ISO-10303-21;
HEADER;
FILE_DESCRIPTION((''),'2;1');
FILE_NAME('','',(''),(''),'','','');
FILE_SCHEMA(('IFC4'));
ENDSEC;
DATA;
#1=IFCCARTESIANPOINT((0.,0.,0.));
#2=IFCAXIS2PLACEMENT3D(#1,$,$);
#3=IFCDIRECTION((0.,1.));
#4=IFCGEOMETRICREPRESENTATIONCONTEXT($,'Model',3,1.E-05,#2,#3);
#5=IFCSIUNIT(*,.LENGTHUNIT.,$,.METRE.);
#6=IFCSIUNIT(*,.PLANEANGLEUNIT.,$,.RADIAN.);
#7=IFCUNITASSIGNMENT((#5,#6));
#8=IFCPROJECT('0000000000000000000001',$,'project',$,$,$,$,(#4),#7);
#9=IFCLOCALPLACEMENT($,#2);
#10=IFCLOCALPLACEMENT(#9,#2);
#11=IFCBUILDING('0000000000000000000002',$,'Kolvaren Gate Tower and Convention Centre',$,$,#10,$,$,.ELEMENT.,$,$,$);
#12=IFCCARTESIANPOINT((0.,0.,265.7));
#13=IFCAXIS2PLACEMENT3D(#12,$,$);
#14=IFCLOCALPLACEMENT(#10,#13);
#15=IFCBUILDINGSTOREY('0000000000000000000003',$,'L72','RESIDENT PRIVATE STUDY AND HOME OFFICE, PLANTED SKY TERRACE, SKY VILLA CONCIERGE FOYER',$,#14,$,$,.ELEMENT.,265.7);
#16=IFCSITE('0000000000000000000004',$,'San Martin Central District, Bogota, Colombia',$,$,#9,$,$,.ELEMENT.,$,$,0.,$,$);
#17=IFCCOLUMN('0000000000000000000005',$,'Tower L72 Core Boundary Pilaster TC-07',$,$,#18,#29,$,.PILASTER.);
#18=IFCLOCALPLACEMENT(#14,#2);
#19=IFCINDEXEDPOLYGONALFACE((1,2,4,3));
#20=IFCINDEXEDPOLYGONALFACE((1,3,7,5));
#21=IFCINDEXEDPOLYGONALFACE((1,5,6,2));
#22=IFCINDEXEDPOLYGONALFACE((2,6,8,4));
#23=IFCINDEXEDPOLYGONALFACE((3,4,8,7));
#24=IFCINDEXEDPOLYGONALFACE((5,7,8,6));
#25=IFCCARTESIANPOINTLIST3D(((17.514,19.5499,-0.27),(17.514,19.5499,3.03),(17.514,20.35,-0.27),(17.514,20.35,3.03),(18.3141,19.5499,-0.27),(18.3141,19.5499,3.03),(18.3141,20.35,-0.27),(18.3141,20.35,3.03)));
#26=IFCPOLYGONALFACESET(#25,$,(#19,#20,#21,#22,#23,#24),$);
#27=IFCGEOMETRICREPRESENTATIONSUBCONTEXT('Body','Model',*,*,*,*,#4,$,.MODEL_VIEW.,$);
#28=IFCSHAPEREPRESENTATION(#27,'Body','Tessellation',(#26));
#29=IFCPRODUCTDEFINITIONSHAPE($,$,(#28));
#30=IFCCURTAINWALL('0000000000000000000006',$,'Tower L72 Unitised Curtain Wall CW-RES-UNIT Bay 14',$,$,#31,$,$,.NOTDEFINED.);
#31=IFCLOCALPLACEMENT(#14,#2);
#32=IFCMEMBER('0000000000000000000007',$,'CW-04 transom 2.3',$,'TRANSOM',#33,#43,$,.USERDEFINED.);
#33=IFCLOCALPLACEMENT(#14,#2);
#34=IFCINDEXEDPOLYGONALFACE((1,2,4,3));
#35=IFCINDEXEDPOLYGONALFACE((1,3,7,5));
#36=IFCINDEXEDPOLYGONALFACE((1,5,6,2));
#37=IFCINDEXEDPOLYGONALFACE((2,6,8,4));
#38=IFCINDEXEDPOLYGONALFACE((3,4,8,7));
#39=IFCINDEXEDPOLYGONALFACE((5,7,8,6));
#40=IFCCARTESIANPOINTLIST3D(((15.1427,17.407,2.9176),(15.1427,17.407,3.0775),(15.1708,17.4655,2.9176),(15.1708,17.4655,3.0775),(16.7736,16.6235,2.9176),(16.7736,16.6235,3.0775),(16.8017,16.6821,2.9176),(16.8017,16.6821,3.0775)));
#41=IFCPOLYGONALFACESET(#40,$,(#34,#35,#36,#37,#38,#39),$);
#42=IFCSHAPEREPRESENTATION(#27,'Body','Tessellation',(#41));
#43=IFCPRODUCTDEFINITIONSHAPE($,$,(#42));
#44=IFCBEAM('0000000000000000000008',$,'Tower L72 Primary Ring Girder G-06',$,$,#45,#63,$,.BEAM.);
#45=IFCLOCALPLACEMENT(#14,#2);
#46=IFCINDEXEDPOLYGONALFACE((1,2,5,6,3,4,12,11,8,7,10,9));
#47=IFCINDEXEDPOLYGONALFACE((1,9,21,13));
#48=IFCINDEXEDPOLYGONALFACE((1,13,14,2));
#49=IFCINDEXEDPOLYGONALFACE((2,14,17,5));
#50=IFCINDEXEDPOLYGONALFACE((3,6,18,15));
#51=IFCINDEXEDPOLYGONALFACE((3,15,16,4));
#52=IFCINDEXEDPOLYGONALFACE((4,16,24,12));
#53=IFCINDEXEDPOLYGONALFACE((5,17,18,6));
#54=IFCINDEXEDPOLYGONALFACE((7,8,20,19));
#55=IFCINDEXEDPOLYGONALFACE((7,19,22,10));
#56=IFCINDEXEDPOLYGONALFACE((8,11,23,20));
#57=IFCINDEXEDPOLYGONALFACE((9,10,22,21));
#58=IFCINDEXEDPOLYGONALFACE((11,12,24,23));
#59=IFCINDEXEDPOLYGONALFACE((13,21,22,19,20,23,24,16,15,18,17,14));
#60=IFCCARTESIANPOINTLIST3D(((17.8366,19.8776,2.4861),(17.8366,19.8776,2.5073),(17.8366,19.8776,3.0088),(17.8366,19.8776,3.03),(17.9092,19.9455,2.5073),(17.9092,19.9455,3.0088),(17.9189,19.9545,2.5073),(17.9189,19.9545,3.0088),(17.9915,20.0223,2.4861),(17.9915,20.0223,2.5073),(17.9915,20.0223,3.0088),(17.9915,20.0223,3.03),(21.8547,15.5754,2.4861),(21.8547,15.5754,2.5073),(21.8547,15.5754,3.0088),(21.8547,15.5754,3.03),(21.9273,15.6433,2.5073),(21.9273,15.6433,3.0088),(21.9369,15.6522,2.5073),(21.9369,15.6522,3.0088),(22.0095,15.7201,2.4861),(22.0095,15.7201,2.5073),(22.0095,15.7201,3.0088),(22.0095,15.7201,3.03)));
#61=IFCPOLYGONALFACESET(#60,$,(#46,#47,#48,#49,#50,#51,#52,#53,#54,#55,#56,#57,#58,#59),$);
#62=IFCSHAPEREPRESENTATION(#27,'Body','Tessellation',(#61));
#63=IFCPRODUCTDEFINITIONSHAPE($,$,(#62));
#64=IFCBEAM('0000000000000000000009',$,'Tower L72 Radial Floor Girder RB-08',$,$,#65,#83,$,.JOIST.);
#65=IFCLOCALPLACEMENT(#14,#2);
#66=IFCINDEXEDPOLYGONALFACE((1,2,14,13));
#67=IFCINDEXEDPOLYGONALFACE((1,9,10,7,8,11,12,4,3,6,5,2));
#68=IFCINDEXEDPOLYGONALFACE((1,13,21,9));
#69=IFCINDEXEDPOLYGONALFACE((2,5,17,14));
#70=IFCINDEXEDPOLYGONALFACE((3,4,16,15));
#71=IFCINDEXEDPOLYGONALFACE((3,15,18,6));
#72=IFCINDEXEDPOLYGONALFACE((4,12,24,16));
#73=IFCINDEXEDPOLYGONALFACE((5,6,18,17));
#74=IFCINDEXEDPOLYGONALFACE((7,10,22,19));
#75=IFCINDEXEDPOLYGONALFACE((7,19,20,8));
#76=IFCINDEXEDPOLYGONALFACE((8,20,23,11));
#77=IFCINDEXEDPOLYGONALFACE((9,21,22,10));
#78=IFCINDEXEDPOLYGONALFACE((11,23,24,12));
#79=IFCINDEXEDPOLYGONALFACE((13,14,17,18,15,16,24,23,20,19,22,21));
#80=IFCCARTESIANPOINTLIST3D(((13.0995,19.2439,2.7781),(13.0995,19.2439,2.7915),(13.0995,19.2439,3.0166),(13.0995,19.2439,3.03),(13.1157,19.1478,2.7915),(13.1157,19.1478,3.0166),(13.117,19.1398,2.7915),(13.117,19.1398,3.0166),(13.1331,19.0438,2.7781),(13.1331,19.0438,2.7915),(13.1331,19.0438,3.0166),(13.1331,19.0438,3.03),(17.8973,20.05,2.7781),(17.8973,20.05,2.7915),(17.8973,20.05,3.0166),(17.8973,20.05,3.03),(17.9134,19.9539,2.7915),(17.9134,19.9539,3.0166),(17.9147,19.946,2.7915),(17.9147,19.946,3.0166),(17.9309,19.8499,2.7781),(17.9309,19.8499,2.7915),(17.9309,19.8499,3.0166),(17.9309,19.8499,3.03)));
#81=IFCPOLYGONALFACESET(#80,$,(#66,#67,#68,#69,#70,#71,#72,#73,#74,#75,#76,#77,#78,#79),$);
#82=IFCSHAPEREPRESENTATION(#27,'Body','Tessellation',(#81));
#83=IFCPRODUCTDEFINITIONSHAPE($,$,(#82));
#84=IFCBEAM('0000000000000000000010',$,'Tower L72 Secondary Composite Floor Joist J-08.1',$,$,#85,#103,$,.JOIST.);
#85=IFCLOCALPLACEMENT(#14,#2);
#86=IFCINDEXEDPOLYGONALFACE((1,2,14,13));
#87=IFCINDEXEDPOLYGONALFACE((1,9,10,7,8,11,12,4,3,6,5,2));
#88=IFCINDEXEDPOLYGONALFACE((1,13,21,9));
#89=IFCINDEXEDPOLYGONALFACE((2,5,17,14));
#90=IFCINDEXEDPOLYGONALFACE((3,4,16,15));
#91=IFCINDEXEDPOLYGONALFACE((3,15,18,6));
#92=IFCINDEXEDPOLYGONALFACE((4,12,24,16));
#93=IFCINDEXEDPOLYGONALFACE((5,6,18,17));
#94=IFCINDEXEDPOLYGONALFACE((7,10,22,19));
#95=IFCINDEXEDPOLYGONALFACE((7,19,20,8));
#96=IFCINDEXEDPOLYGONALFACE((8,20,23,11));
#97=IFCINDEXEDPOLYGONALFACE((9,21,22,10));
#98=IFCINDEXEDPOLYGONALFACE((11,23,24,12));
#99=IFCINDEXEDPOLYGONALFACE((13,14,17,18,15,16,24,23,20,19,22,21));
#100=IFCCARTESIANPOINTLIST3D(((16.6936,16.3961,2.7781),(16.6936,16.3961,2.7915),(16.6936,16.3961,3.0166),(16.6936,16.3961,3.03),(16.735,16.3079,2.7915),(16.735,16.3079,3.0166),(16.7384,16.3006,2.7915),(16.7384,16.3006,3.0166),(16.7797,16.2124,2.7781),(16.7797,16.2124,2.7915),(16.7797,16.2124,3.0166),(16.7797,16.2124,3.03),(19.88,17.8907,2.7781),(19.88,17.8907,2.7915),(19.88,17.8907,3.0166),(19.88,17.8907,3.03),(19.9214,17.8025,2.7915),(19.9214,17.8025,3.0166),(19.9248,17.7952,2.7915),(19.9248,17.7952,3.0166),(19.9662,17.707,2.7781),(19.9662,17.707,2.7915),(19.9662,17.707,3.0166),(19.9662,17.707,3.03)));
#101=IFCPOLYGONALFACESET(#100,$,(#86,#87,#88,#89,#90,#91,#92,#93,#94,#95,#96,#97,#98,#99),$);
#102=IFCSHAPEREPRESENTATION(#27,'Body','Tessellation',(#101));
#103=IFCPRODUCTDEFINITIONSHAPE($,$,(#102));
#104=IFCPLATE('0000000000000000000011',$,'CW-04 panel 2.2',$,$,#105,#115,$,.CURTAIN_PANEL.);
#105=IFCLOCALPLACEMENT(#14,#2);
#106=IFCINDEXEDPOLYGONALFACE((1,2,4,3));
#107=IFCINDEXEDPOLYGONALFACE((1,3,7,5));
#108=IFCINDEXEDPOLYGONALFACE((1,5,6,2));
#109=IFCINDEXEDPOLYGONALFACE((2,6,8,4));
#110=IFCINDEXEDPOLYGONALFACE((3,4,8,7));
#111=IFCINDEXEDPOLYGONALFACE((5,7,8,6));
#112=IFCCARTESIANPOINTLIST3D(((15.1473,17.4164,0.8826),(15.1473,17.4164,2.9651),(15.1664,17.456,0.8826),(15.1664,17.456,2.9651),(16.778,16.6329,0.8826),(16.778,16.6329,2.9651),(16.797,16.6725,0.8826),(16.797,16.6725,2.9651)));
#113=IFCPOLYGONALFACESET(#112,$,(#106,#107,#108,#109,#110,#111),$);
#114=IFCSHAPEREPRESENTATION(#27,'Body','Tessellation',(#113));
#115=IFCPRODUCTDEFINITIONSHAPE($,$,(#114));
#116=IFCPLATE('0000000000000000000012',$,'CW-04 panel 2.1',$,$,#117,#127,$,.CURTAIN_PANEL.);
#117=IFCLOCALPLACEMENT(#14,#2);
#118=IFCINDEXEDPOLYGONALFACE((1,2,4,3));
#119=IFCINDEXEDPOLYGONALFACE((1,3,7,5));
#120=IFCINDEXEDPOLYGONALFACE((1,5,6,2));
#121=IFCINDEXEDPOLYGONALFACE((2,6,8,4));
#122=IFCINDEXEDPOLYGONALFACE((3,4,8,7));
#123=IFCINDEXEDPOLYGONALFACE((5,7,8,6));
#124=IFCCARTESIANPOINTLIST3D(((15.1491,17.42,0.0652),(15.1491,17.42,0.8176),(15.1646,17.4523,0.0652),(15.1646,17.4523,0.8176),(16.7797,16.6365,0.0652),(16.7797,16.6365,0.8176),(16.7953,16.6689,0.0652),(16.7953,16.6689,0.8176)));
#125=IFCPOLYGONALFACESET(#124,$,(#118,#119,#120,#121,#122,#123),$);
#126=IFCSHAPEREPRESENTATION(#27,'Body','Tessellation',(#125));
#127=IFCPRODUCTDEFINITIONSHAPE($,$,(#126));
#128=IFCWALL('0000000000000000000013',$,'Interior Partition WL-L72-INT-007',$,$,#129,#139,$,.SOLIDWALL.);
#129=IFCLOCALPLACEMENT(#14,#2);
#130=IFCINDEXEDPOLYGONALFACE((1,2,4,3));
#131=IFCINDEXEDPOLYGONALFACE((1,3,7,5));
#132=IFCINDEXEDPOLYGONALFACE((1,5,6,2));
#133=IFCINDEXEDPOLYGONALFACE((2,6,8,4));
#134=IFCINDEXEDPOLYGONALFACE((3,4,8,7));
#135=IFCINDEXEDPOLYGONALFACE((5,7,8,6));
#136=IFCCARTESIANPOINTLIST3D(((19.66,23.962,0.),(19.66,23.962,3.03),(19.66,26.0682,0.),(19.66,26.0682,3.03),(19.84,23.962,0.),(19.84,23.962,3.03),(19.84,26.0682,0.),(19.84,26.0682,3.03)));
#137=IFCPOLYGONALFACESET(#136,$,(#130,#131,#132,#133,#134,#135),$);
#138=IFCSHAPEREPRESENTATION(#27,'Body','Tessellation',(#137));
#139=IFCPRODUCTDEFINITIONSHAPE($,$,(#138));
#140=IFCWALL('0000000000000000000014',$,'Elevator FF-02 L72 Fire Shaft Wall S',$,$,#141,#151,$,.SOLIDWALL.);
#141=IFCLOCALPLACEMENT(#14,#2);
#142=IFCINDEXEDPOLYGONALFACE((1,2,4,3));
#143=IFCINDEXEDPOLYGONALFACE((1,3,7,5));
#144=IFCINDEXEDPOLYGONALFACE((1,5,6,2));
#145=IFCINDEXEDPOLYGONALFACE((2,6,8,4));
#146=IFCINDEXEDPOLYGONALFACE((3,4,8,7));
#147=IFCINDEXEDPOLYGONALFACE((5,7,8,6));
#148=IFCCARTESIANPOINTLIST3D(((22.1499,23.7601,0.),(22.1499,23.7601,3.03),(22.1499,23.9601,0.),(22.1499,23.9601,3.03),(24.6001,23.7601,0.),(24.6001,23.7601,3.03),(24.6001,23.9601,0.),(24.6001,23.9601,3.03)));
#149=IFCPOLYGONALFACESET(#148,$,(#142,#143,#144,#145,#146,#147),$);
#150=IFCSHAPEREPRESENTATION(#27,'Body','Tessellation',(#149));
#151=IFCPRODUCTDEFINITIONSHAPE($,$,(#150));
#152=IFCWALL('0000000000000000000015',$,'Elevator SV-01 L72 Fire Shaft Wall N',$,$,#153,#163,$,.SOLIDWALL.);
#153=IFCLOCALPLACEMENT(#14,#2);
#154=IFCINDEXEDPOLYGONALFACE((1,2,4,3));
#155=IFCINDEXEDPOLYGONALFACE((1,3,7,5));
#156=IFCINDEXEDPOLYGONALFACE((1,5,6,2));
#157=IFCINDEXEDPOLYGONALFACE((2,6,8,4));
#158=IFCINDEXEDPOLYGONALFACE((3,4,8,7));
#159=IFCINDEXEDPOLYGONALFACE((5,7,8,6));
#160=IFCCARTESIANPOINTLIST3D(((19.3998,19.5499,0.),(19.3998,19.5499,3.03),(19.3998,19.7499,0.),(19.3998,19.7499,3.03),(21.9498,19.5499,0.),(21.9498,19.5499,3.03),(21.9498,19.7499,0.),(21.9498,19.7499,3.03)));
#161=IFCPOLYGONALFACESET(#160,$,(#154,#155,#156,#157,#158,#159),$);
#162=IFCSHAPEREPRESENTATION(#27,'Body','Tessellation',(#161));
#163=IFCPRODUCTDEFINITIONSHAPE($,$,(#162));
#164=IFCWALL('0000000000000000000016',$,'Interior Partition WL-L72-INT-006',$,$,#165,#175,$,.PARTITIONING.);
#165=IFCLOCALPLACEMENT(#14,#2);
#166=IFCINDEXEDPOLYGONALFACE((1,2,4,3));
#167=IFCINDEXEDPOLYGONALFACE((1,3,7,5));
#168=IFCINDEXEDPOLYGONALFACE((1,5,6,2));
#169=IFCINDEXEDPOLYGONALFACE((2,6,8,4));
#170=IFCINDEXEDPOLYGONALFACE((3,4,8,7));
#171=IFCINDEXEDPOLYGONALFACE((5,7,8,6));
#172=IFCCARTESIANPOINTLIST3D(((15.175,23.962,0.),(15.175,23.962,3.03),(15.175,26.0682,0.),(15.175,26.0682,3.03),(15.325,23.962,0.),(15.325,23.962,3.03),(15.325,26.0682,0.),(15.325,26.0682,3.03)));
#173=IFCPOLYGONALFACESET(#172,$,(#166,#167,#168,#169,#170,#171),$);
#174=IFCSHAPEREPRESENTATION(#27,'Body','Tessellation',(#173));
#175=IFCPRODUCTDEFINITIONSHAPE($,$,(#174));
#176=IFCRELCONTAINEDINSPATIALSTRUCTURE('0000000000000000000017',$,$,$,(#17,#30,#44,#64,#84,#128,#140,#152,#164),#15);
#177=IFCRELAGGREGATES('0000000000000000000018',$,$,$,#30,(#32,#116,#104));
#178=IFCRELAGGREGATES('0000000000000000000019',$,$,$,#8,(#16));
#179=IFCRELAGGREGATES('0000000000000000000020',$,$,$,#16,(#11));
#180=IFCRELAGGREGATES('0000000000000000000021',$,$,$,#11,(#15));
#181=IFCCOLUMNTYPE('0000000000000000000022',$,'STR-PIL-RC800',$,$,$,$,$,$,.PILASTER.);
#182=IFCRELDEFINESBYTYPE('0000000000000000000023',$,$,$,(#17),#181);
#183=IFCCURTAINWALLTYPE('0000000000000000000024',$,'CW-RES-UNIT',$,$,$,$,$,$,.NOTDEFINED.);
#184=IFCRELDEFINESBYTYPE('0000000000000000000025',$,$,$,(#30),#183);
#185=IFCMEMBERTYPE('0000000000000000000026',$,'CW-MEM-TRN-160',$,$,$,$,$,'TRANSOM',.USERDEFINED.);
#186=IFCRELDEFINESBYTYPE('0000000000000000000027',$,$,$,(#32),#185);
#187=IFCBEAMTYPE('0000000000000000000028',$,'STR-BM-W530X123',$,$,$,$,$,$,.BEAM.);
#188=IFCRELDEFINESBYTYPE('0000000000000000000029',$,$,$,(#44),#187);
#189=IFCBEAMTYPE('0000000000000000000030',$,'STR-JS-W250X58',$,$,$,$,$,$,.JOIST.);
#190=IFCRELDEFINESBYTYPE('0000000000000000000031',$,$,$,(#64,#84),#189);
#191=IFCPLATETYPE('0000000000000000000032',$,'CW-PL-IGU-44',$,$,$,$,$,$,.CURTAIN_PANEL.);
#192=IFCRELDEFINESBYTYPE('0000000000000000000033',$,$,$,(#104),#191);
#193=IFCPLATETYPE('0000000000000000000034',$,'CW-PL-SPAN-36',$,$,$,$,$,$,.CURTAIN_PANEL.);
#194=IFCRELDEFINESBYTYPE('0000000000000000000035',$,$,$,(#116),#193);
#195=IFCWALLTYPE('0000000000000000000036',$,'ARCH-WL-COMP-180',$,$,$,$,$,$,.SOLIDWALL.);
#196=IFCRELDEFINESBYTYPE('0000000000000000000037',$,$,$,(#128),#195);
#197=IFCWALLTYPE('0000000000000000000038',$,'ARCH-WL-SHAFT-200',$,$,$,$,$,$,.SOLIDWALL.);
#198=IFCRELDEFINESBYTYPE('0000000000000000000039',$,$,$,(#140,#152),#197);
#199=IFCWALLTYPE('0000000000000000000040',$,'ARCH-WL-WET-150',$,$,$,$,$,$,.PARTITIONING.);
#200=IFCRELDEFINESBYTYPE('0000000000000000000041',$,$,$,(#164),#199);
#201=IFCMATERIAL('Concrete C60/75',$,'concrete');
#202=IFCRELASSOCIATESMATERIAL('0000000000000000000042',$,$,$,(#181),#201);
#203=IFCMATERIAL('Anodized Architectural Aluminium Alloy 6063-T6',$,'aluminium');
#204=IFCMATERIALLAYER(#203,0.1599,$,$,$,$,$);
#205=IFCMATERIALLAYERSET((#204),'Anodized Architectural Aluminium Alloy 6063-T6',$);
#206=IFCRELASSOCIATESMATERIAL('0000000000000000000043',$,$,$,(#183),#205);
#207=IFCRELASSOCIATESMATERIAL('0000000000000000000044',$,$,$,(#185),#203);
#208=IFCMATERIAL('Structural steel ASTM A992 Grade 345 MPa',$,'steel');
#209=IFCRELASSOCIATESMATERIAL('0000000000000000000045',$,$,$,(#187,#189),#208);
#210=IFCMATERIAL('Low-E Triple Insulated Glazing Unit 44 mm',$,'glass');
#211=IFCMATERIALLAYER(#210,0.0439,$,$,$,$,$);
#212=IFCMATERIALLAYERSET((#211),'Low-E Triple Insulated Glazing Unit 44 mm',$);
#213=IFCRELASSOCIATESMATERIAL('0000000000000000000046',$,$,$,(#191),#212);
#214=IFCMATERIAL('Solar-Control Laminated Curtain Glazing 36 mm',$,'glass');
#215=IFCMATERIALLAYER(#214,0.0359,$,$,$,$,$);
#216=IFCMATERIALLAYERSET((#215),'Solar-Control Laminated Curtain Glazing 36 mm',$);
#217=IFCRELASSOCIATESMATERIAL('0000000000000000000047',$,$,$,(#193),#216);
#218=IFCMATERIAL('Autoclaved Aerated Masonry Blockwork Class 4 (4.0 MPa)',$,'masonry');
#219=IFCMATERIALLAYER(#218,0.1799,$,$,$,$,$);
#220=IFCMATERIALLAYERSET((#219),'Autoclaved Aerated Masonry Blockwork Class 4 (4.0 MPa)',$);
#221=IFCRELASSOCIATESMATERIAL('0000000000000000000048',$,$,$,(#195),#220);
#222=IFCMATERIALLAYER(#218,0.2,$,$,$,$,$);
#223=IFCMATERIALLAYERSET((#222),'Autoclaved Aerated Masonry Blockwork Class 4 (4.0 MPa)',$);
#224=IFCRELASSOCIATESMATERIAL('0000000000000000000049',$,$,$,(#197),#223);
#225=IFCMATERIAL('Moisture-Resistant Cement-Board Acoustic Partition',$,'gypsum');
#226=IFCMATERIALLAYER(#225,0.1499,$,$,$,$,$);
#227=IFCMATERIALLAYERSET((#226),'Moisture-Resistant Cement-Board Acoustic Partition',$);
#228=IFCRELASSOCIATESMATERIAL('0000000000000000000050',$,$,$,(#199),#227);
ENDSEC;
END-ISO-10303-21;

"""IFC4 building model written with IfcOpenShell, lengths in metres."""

from ifc_helpers import new_model, si_unit, direction, frame, frame_2d, origin, origin_2d, place, context, subcontext, project, spatial, rectangle, i_section, extrude, material, layer, layer_set, material_profile, profile_set, type_object, element, aggregate, save


model = new_model("IFC4")

# Units and contexts
model_context = context("Model", 3, precision=1e-05, world=origin(), true_north=direction((0.0, 1.0)))
body_context = subcontext(model_context, "Body", "Model", "MODEL_VIEW")
ifc_project = project(units=[si_unit("LENGTHUNIT", "METRE"), si_unit("PLANEANGLEUNIT", "RADIAN")], contexts=[model_context])

# Site, building, storey
site_placement = place(None, origin())
site = spatial("IfcSite", under=ifc_project, at=site_placement, Name="San Martin Central District, Bogota, Colombia", CompositionType="ELEMENT", RefElevation=0.0)
building_placement = place(site_placement, origin())
building = spatial("IfcBuilding", under=site, at=building_placement, Name="Kolvaren Gate Tower and Convention Centre", CompositionType="ELEMENT")
storey_placement = place(building_placement, frame((0.0, 0.0, 265.7)))
storey = spatial("IfcBuildingStorey", under=building, at=storey_placement, Name="L72", Description="RESIDENT PRIVATE STUDY AND HOME OFFICE, PLANTED SKY TERRACE, SKY VILLA CONCIERGE FOYER", CompositionType="ELEMENT", Elevation=265.7)

# Column
ifc_material_1 = material(Name="Concrete C60/75", Category="concrete")
ifc_material_profile_1 = material_profile(ifc_material_1, rectangle(XDim=0.8, YDim=0.8, at=origin_2d()), Name="RC-COL-800X800")
ifc_profile_set_1 = profile_set([ifc_material_profile_1], Name="Concrete C60/75")
column_type = type_object("IfcColumnType", Name="STR-PIL-RC800", PredefinedType="PILASTER", material=ifc_profile_set_1)
column_placement = place(storey_placement, frame((17.9141, 19.95, -0.27), z_axis=(0.0, 0.0, 1.0), x_axis=(1.0, 0.0, 0.0)))
element("IfcColumn", 1, at=column_placement, inside=storey, type_object=column_type, Name="Tower L72 Core Boundary Pilaster TC-07", PredefinedType="PILASTER", context=body_context, shape_type="SweptSolid", body=[
    extrude(rectangle(XDim=0.8, YDim=0.8, at=origin_2d()), origin(), (0.0, 0.0, 1.0), 3.3),
])

# Curtain wall, member
ifc_material_2 = material(Name="Anodized Architectural Aluminium Alloy 6063-T6", Category="aluminium")
ifc_layer_1 = layer(ifc_material_2, 0.1599)
ifc_layer_set_1 = layer_set([ifc_layer_1], Name="Anodized Architectural Aluminium Alloy 6063-T6")
curtain_wall_type = type_object("IfcCurtainWallType", Name="CW-RES-UNIT", PredefinedType="NOTDEFINED", material=ifc_layer_set_1)
curtain_wall_placement = place(storey_placement, origin())
curtain_wall = element("IfcCurtainWall", 2, at=curtain_wall_placement, inside=storey, type_object=curtain_wall_type, Name="Tower L72 Unitised Curtain Wall CW-RES-UNIT Bay 14", PredefinedType="NOTDEFINED")
ifc_material_profile_2 = material_profile(ifc_material_2, rectangle(XDim=0.0649, YDim=0.1599, at=origin_2d()), Name="CW-MEM-TRN-160")
ifc_profile_set_2 = profile_set([ifc_material_profile_2], Name="Anodized Architectural Aluminium Alloy 6063-T6")
member_type = type_object("IfcMemberType", Name="CW-MEM-TRN-160", ElementType="TRANSOM", PredefinedType="USERDEFINED", material=ifc_profile_set_2)
member_placement = place(storey_placement, frame((15.1567, 17.4363, 2.9976), z_axis=(0.901386, -0.433016, 0.0), x_axis=(0.433016, 0.901386, 0.0)))
member = element("IfcMember", 3, at=member_placement, type_object=member_type, Name="CW-04 transom 2.3", ObjectType="TRANSOM", PredefinedType="USERDEFINED", context=body_context, shape_type="SweptSolid", body=[
    extrude(rectangle(XDim=0.0649, YDim=0.1599, at=origin_2d()), origin(), (0.0, 0.0, 1.0), 1.8093),
])

# Beams
ifc_material_3 = material(Name="Structural steel ASTM A992 Grade 345 MPa", Category="steel")
ifc_material_profile_3 = material_profile(ifc_material_3, i_section(OverallWidth=0.2119, OverallDepth=0.5439, WebThickness=0.0132, FlangeThickness=0.0212, at=origin_2d()), Name="W530X123")
ifc_profile_set_3 = profile_set([ifc_material_profile_3], Name="Structural steel ASTM A992 Grade 345 MPa")
beam_type_1 = type_object("IfcBeamType", Name="STR-BM-W530X123", PredefinedType="BEAM", material=ifc_profile_set_3)
beam_1_placement = place(storey_placement, frame((17.9141, 19.95, 2.7581), z_axis=(0.682558, -0.730832, 0.0), x_axis=(0.730832, 0.682558, 0.0)))
element("IfcBeam", 4, at=beam_1_placement, inside=storey, type_object=beam_type_1, Name="Tower L72 Primary Ring Girder G-06", PredefinedType="BEAM", context=body_context, shape_type="SweptSolid", body=[
    extrude(i_section(OverallWidth=0.2119, OverallDepth=0.5439, WebThickness=0.0132, FlangeThickness=0.0212, at=origin_2d()), origin(), (0.0, 0.0, 1.0), 5.8867),
])
ifc_material_profile_4 = material_profile(ifc_material_3, i_section(OverallWidth=0.2029, OverallDepth=0.252, WebThickness=0.0081, FlangeThickness=0.0134, at=origin_2d()), Name="W250X58")
ifc_profile_set_4 = profile_set([ifc_material_profile_4], Name="Structural steel ASTM A992 Grade 345 MPa")
beam_type_2 = type_object("IfcBeamType", Name="STR-JS-W250X58", PredefinedType="JOIST", material=ifc_profile_set_4)
beam_2_placement = place(storey_placement, frame((17.9141, 19.95, 2.9041), z_axis=(-0.986176, -0.165701, 0.0), x_axis=(0.165701, -0.986176, 0.0)))
element("IfcBeam", 5, at=beam_2_placement, inside=storey, type_object=beam_type_2, Name="Tower L72 Radial Floor Girder RB-08", PredefinedType="JOIST", context=body_context, shape_type="SweptSolid", body=[
    extrude(i_section(OverallWidth=0.2029, OverallDepth=0.252, WebThickness=0.0081, FlangeThickness=0.0134, at=origin_2d()), origin(), (0.0, 0.0, 1.0), 4.865),
])
beam_3_placement = place(storey_placement, frame((19.9231, 17.7988, 2.9041), z_axis=(-0.905356, -0.424654, 0.0), x_axis=(0.424654, -0.905356, 0.0)))
element("IfcBeam", 6, at=beam_3_placement, inside=storey, type_object=beam_type_2, Name="Tower L72 Secondary Composite Floor Joist J-08.1", PredefinedType="JOIST", context=body_context, shape_type="SweptSolid", body=[
    extrude(i_section(OverallWidth=0.2029, OverallDepth=0.252, WebThickness=0.0081, FlangeThickness=0.0134, at=origin_2d()), origin(), (0.0, 0.0, 1.0), 3.5195),
])

# Plates
ifc_material_4 = material(Name="Low-E Triple Insulated Glazing Unit 44 mm", Category="glass")
ifc_layer_2 = layer(ifc_material_4, 0.0439)
ifc_layer_set_2 = layer_set([ifc_layer_2], Name="Low-E Triple Insulated Glazing Unit 44 mm")
plate_type_1 = type_object("IfcPlateType", Name="CW-PL-IGU-44", PredefinedType="CURTAIN_PANEL", material=ifc_layer_set_2)
plate_1_placement = place(storey_placement, frame((15.9722, 17.0444, 0.8826), z_axis=(0.0, 0.0, 1.0), x_axis=(0.90136, -0.43307, 0.0)))
plate_1 = element("IfcPlate", 7, at=plate_1_placement, type_object=plate_type_1, Name="CW-04 panel 2.2", PredefinedType="CURTAIN_PANEL", context=body_context, shape_type="SweptSolid", body=[
    extrude(rectangle(XDim=1.8091, YDim=0.0439, at=origin_2d()), origin(), (0.0, 0.0, 1.0), 2.0825),
])
ifc_material_5 = material(Name="Solar-Control Laminated Curtain Glazing 36 mm", Category="glass")
ifc_layer_3 = layer(ifc_material_5, 0.0359)
ifc_layer_set_3 = layer_set([ifc_layer_3], Name="Solar-Control Laminated Curtain Glazing 36 mm")
plate_type_2 = type_object("IfcPlateType", Name="CW-PL-SPAN-36", PredefinedType="CURTAIN_PANEL", material=ifc_layer_set_3)
plate_2_placement = place(storey_placement, frame((15.9722, 17.0444, 0.0652), z_axis=(0.0, 0.0, 1.0), x_axis=(0.90136, -0.43307, 0.0)))
plate_2 = element("IfcPlate", 8, at=plate_2_placement, type_object=plate_type_2, Name="CW-04 panel 2.1", PredefinedType="CURTAIN_PANEL", context=body_context, shape_type="SweptSolid", body=[
    extrude(rectangle(XDim=1.8091, YDim=0.0359, at=origin_2d()), origin(), (0.0, 0.0, 1.0), 0.7524),
])
aggregate(curtain_wall, [member, plate_2, plate_1])

# Walls
ifc_material_6 = material(Name="Autoclaved Aerated Masonry Blockwork Class 4 (4.0 MPa)", Category="masonry")
ifc_layer_4 = layer(ifc_material_6, 0.1799)
ifc_layer_set_4 = layer_set([ifc_layer_4], Name="Autoclaved Aerated Masonry Blockwork Class 4 (4.0 MPa)")
wall_type_1 = type_object("IfcWallType", Name="ARCH-WL-COMP-180", PredefinedType="SOLIDWALL", material=ifc_layer_set_4)
wall_1_placement = place(storey_placement, frame((19.75, 23.9619, 0.0), z_axis=(0.0, 0.0, 1.0), x_axis=(0.0, 1.0, 0.0)))
element("IfcWall", 9, at=wall_1_placement, inside=storey, type_object=wall_type_1, Name="Interior Partition WL-L72-INT-007", PredefinedType="SOLIDWALL", context=body_context, shape_type="SweptSolid", body=[
    extrude(rectangle(XDim=2.1062, YDim=0.1799, at=frame_2d((1.0532, 0.0))), origin(), (0.0, 0.0, 1.0), 3.03),
])
ifc_layer_5 = layer(ifc_material_6, 0.2)
ifc_layer_set_5 = layer_set([ifc_layer_5], Name="Autoclaved Aerated Masonry Blockwork Class 4 (4.0 MPa)")
wall_type_2 = type_object("IfcWallType", Name="ARCH-WL-SHAFT-200", PredefinedType="SOLIDWALL", material=ifc_layer_set_5)
wall_2_placement = place(storey_placement, frame((22.1499, 23.8601, 0.0), z_axis=(0.0, 0.0, 1.0), x_axis=(1.0, 0.0, 0.0)))
element("IfcWall", 10, at=wall_2_placement, inside=storey, type_object=wall_type_2, Name="Elevator FF-02 L72 Fire Shaft Wall S", PredefinedType="SOLIDWALL", context=body_context, shape_type="SweptSolid", body=[
    extrude(rectangle(XDim=2.4502, YDim=0.2, at=frame_2d((1.2251, 0.0))), origin(), (0.0, 0.0, 1.0), 3.03),
])
wall_3_placement = place(storey_placement, frame((19.3999, 19.6499, 0.0), z_axis=(0.0, 0.0, 1.0), x_axis=(1.0, 0.0, 0.0)))
element("IfcWall", 11, at=wall_3_placement, inside=storey, type_object=wall_type_2, Name="Elevator SV-01 L72 Fire Shaft Wall N", PredefinedType="SOLIDWALL", context=body_context, shape_type="SweptSolid", body=[
    extrude(rectangle(XDim=2.55, YDim=0.2, at=frame_2d((1.2749, 0.0))), origin(), (0.0, 0.0, 1.0), 3.03),
])
ifc_material_7 = material(Name="Moisture-Resistant Cement-Board Acoustic Partition", Category="gypsum")
ifc_layer_6 = layer(ifc_material_7, 0.1499)
ifc_layer_set_6 = layer_set([ifc_layer_6], Name="Moisture-Resistant Cement-Board Acoustic Partition")
wall_type_3 = type_object("IfcWallType", Name="ARCH-WL-WET-150", PredefinedType="PARTITIONING", material=ifc_layer_set_6)
wall_4_placement = place(storey_placement, frame((15.25, 23.9619, 0.0), z_axis=(0.0, 0.0, 1.0), x_axis=(0.0, 1.0, 0.0)))
element("IfcWall", 12, at=wall_4_placement, inside=storey, type_object=wall_type_3, Name="Interior Partition WL-L72-INT-006", PredefinedType="PARTITIONING", context=body_context, shape_type="SweptSolid", body=[
    extrude(rectangle(XDim=2.1062, YDim=0.1499, at=frame_2d((1.0532, 0.0))), origin(), (0.0, 0.0, 1.0), 3.03),
])

save(model, "model.ifc")
